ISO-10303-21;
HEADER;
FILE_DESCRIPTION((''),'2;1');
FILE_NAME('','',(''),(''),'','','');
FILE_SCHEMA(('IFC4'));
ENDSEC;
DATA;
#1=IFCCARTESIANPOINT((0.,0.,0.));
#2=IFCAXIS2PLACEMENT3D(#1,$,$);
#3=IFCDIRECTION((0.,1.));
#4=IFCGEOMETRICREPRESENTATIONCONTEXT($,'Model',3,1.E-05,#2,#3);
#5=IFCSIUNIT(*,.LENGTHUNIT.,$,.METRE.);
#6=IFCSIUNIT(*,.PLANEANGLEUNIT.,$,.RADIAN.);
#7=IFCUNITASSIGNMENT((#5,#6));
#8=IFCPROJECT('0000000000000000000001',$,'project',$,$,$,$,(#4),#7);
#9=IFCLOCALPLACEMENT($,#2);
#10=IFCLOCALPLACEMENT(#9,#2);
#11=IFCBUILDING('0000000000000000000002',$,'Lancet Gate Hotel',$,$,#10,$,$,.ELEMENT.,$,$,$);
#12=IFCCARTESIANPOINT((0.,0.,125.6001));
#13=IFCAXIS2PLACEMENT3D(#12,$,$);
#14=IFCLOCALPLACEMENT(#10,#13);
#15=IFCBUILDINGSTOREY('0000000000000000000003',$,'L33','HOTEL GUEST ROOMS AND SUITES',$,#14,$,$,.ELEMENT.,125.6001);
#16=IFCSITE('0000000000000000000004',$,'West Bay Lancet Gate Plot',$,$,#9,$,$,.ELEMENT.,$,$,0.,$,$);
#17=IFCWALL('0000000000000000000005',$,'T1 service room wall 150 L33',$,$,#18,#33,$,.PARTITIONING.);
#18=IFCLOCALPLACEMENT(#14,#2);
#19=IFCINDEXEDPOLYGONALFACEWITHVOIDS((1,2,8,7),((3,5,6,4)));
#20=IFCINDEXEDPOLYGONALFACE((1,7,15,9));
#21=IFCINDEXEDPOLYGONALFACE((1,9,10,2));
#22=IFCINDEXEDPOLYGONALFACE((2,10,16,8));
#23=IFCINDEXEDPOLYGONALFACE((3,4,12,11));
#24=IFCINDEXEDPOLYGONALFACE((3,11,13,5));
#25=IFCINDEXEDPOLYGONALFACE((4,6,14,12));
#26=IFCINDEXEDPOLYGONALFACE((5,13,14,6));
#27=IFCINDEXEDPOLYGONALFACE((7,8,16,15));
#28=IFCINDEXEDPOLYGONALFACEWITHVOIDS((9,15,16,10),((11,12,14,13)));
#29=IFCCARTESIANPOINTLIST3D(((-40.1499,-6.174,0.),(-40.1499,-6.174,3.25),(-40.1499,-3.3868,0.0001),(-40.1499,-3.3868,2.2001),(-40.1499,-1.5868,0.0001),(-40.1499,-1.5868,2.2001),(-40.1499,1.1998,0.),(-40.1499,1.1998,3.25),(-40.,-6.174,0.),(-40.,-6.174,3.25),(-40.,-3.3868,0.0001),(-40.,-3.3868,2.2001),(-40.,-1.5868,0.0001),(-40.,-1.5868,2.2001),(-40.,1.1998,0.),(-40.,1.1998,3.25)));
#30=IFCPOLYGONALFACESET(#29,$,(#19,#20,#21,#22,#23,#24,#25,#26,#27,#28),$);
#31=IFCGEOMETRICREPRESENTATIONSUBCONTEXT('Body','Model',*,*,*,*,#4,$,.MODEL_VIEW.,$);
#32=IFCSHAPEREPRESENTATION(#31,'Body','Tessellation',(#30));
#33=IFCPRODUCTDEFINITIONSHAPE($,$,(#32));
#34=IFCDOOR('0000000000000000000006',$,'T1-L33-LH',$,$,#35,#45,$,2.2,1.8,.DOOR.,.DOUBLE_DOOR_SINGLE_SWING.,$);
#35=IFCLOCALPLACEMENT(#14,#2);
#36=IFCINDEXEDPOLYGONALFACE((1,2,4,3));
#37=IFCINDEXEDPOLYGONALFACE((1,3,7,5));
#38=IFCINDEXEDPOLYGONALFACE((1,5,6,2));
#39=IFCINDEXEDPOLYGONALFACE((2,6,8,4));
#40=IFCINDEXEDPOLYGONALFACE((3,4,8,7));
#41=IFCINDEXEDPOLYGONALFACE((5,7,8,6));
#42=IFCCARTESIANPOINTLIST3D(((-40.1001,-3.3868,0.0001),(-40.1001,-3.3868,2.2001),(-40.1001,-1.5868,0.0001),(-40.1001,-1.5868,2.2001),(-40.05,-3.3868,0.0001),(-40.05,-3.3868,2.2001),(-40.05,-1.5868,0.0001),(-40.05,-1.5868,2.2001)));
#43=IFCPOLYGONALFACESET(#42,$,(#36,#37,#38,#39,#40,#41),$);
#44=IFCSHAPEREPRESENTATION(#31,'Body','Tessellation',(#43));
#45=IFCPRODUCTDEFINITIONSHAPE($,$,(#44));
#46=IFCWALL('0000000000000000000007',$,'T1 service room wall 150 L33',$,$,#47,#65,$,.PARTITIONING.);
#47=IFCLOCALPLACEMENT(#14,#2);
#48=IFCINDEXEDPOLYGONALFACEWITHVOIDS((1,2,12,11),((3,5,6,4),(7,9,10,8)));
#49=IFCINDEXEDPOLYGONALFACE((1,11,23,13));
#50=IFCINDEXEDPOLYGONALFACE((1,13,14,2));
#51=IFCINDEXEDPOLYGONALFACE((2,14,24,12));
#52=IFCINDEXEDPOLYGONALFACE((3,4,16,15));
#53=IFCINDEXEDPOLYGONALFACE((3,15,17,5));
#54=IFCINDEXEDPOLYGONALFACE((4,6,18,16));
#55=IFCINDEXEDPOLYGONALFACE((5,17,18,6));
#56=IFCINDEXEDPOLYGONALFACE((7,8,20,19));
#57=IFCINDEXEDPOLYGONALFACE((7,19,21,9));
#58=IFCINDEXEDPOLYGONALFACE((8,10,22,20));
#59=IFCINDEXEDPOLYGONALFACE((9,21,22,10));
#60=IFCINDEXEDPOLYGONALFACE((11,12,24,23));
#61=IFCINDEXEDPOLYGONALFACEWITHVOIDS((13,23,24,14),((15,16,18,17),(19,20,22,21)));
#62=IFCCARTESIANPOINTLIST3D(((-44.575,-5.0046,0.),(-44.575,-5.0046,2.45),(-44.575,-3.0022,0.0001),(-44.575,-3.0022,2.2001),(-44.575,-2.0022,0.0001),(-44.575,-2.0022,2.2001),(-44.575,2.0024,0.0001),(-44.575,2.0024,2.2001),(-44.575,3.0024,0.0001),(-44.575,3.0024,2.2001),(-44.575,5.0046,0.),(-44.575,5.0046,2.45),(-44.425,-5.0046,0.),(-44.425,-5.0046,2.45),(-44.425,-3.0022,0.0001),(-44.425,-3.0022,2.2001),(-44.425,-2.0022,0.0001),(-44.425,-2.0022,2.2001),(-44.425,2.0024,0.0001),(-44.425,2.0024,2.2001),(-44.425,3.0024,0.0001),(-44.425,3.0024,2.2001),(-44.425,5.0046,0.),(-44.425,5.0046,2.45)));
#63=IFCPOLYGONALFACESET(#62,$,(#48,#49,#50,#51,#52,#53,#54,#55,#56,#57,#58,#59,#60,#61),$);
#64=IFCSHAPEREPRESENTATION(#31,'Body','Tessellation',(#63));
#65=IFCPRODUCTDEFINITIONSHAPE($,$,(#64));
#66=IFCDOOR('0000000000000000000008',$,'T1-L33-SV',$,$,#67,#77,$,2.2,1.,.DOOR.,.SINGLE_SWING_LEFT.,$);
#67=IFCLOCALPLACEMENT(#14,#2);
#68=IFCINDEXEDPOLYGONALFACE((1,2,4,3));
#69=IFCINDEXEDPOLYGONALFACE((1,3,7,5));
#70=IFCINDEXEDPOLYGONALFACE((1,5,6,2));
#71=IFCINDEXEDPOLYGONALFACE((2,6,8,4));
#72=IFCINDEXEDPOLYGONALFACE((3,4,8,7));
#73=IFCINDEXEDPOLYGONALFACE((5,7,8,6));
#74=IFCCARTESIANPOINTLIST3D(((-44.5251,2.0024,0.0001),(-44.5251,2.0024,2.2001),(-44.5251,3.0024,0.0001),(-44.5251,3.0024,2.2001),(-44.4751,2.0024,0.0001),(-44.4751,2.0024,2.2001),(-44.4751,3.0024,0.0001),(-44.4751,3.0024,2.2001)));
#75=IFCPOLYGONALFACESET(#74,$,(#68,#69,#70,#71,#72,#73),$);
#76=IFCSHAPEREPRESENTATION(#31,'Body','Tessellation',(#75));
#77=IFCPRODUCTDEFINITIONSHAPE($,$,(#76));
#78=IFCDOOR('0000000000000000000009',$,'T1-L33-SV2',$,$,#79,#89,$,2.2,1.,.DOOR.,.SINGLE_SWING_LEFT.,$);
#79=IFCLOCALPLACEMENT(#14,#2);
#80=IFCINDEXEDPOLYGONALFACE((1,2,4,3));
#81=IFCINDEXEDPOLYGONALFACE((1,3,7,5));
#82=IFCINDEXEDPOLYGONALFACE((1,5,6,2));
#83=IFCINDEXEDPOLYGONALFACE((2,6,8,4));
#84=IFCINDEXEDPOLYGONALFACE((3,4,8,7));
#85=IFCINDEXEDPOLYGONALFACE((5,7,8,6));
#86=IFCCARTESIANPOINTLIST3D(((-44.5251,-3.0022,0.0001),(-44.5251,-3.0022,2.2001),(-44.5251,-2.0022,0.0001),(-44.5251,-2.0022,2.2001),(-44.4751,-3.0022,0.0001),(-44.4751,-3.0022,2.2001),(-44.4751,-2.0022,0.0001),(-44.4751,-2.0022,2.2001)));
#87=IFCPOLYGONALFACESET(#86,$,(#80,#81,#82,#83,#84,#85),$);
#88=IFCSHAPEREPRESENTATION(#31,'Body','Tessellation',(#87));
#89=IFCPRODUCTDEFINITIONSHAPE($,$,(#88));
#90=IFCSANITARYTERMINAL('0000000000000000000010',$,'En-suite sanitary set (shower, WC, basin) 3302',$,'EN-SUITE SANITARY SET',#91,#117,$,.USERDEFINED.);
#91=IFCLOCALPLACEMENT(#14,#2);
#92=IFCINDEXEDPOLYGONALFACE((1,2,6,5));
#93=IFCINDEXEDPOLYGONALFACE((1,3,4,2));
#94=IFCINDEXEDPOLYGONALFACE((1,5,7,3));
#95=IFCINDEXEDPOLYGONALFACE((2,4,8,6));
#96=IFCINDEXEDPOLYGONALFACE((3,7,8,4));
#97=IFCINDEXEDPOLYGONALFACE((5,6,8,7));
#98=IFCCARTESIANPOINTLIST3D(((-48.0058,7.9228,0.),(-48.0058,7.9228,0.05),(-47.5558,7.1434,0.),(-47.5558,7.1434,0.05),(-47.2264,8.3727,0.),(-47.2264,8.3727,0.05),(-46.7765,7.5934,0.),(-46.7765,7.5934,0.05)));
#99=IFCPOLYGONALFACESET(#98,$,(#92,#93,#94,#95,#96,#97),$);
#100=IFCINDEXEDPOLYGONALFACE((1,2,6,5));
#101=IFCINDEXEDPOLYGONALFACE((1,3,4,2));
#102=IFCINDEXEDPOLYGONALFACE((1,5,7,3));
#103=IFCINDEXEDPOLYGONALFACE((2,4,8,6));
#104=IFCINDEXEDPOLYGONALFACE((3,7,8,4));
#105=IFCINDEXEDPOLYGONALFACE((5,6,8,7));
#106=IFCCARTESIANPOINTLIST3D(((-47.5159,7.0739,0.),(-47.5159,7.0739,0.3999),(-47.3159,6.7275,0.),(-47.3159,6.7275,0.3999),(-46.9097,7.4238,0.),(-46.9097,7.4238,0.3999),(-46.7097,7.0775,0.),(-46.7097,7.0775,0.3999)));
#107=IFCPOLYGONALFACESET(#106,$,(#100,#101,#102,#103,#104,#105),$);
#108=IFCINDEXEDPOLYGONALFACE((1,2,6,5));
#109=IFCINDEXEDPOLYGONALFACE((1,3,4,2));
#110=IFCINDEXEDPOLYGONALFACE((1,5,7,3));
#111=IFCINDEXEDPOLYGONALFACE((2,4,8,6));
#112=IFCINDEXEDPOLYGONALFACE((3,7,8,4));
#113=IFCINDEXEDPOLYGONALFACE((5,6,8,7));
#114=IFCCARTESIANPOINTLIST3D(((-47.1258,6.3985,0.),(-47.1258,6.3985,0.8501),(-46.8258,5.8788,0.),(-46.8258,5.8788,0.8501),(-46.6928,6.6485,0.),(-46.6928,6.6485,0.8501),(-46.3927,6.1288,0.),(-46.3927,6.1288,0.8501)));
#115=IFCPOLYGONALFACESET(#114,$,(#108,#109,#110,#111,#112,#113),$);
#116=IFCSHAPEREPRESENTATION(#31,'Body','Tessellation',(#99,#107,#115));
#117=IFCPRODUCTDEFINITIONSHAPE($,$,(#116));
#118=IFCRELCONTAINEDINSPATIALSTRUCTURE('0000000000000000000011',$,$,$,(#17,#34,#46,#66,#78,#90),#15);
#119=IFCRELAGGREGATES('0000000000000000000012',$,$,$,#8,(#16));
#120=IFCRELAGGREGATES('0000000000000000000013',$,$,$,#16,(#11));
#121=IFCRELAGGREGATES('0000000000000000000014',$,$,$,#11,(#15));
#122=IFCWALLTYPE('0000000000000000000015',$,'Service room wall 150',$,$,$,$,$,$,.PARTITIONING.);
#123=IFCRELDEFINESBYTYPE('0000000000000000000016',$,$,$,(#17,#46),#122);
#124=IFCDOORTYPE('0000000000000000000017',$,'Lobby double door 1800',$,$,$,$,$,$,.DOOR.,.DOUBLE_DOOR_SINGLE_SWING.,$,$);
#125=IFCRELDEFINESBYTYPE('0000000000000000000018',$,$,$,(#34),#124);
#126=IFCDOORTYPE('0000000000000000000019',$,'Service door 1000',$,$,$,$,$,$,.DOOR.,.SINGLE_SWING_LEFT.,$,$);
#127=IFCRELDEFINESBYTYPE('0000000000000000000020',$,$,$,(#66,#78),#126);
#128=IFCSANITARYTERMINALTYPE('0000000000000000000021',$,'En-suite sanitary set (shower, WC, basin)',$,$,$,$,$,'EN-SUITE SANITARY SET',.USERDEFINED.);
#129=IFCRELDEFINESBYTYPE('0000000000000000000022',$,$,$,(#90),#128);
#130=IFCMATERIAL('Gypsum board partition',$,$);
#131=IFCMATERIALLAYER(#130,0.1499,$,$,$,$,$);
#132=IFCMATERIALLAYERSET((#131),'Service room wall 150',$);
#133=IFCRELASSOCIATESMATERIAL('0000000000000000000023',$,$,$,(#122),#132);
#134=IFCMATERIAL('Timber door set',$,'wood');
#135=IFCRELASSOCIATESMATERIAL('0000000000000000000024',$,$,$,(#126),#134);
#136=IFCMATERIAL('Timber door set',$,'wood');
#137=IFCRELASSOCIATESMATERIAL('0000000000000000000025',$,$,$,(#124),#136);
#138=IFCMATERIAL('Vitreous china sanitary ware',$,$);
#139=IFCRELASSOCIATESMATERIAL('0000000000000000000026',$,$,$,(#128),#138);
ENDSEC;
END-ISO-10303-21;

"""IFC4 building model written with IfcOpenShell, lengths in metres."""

from ifc_helpers import new_model, si_unit, direction, frame, frame_2d, origin, origin_2d, place, context, subcontext, project, spatial, rectangle, extrude, material, layer, layer_set, type_object, element, fill, save


model = new_model("IFC4")

# Units and contexts
model_context = context("Model", 3, precision=1e-05, world=origin(), true_north=direction((0.0, 1.0)))
body_context = subcontext(model_context, "Body", "Model", "MODEL_VIEW")
ifc_project = project(units=[si_unit("LENGTHUNIT", "METRE"), si_unit("PLANEANGLEUNIT", "RADIAN")], contexts=[model_context])

# Site, building, storey
site_placement = place(None, origin())
site = spatial("IfcSite", under=ifc_project, at=site_placement, Name="West Bay Lancet Gate Plot", CompositionType="ELEMENT", RefElevation=0.0)
building_placement = place(site_placement, origin())
building = spatial("IfcBuilding", under=site, at=building_placement, Name="Lancet Gate Hotel", CompositionType="ELEMENT")
storey_placement = place(building_placement, frame((0.0, 0.0, 125.6001)))
storey = spatial("IfcBuildingStorey", under=building, at=storey_placement, Name="L33", Description="HOTEL GUEST ROOMS AND SUITES", CompositionType="ELEMENT", Elevation=125.6001)

# Wall, opening, door
ifc_material_1 = material(Name="Gypsum board partition")
ifc_layer_1 = layer(ifc_material_1, 0.1499)
ifc_layer_set_1 = layer_set([ifc_layer_1], Name="Service room wall 150")
wall_type_1 = type_object("IfcWallType", Name="Service room wall 150", PredefinedType="PARTITIONING", material=ifc_layer_set_1)
ifc_material_2 = material(Name="Timber door set", Category="wood")
door_type_1 = type_object("IfcDoorType", Name="Service door 1000", OperationType="SINGLE_SWING_LEFT", PredefinedType="DOOR", material=ifc_material_2)
wall_1_placement = place(storey_placement, frame((-40.075, 1.2, 0.0), z_axis=(0.0, 0.0, 1.0), x_axis=(0.0, -1.0, 0.0)))
wall_1 = element("IfcWall", 1, at=wall_1_placement, inside=storey, type_object=wall_type_1, Name="T1 service room wall 150 L33", PredefinedType="PARTITIONING", context=body_context, shape_type="SweptSolid", body=[
    extrude(rectangle(XDim=7.3738, YDim=0.1499, at=frame_2d((3.687, 0.0))), origin(), (0.0, 0.0, 1.0), 3.25),
])
opening_1_placement = place(wall_1_placement, frame((2.7869, 0.0, 0.0)))
opening_1 = element("IfcOpeningElement", 2, at=opening_1_placement, cuts=wall_1, PredefinedType="OPENING", context=body_context, shape_type="SweptSolid", body=[
    extrude(rectangle(XDim=1.8, YDim=2.2, at=frame_2d((0.8999, 1.1001))), frame((0.0, 0.085, 0.0), z_axis=(0.0, -1.0, 0.0), x_axis=(1.0, 0.0, 0.0)), (0.0, 0.0, 1.0), 0.1699),
])
ifc_material_3 = material(Name="Timber door set", Category="wood")
door_type_2 = type_object("IfcDoorType", Name="Lobby double door 1800", OperationType="DOUBLE_DOOR_SINGLE_SWING", PredefinedType="DOOR", material=ifc_material_3)
door_1_placement = place(opening_1_placement, origin())
door_1 = element("IfcDoor", 3, at=door_1_placement, inside=storey, type_object=door_type_2, Name="T1-L33-LH", OperationType="DOUBLE_DOOR_SINGLE_SWING", OverallHeight=2.2, OverallWidth=1.8, PredefinedType="DOOR", context=body_context, shape_type="SweptSolid", body=[
    extrude(rectangle(XDim=1.8, YDim=2.2, at=frame_2d((0.8999, 1.1001))), frame((0.0, 0.0249, 0.0), z_axis=(0.0, -1.0, 0.0), x_axis=(1.0, 0.0, 0.0)), (0.0, 0.0, 1.0), 0.05),
])
fill(opening_1, door_1)

# Wall, openings, doors
wall_2_placement = place(storey_placement, frame((-44.5, 5.0046, 0.0), z_axis=(0.0, 0.0, 1.0), x_axis=(0.0, -1.0, 0.0)))
wall_2 = element("IfcWall", 4, at=wall_2_placement, inside=storey, type_object=wall_type_1, Name="T1 service room wall 150 L33", PredefinedType="PARTITIONING", context=body_context, shape_type="SweptSolid", body=[
    extrude(rectangle(XDim=10.0093, YDim=0.1499, at=frame_2d((5.0046, 0.0))), origin(), (0.0, 0.0, 1.0), 2.45),
])
opening_2_placement = place(wall_2_placement, frame((2.0022, 0.0, 0.0)))
opening_2 = element("IfcOpeningElement", 5, at=opening_2_placement, cuts=wall_2, PredefinedType="OPENING", context=body_context, shape_type="SweptSolid", body=[
    extrude(rectangle(XDim=1.0, YDim=2.2, at=frame_2d((0.5, 1.1001))), frame((0.0, 0.085, 0.0), z_axis=(0.0, -1.0, 0.0), x_axis=(1.0, 0.0, 0.0)), (0.0, 0.0, 1.0), 0.1699),
])
opening_3_placement = place(wall_2_placement, frame((7.0068, 0.0, 0.0)))
opening_3 = element("IfcOpeningElement", 6, at=opening_3_placement, cuts=wall_2, PredefinedType="OPENING", context=body_context, shape_type="SweptSolid", body=[
    extrude(rectangle(XDim=1.0, YDim=2.2, at=frame_2d((0.5, 1.1001))), frame((0.0, 0.085, 0.0), z_axis=(0.0, -1.0, 0.0), x_axis=(1.0, 0.0, 0.0)), (0.0, 0.0, 1.0), 0.1699),
])
door_2_placement = place(opening_2_placement, origin())
door_2 = element("IfcDoor", 7, at=door_2_placement, inside=storey, type_object=door_type_1, Name="T1-L33-SV", OperationType="SINGLE_SWING_LEFT", OverallHeight=2.2, OverallWidth=1.0, PredefinedType="DOOR", context=body_context, shape_type="SweptSolid", body=[
    extrude(rectangle(XDim=1.0, YDim=2.2, at=frame_2d((0.5, 1.1001))), frame((0.0, 0.0249, 0.0), z_axis=(0.0, -1.0, 0.0), x_axis=(1.0, 0.0, 0.0)), (0.0, 0.0, 1.0), 0.05),
])
fill(opening_2, door_2)
door_3_placement = place(opening_3_placement, origin())
door_3 = element("IfcDoor", 8, at=door_3_placement, inside=storey, type_object=door_type_1, Name="T1-L33-SV2", OperationType="SINGLE_SWING_LEFT", OverallHeight=2.2, OverallWidth=1.0, PredefinedType="DOOR", context=body_context, shape_type="SweptSolid", body=[
    extrude(rectangle(XDim=1.0, YDim=2.2, at=frame_2d((0.5, 1.1001))), frame((0.0, 0.0249, 0.0), z_axis=(0.0, -1.0, 0.0), x_axis=(1.0, 0.0, 0.0)), (0.0, 0.0, 1.0), 0.05),
])
fill(opening_3, door_3)

# Sanitary terminal
ifc_material_4 = material(Name="Vitreous china sanitary ware")
sanitary_terminal_type = type_object("IfcSanitaryTerminalType", Name="En-suite sanitary set (shower, WC, basin)", ElementType="EN-SUITE SANITARY SET", PredefinedType="USERDEFINED", material=ifc_material_4)
sanitary_terminal_placement = place(storey_placement, frame((-47.3911, 7.7581, 0.0), z_axis=(0.0, 0.0, 1.0), x_axis=(1.0, 0.0, 0.0)))
element("IfcSanitaryTerminal", 9, at=sanitary_terminal_placement, inside=storey, type_object=sanitary_terminal_type, Name="En-suite sanitary set (shower, WC, basin) 3302", ObjectType="EN-SUITE SANITARY SET", PredefinedType="USERDEFINED", context=body_context, shape_type="SweptSolid", body=[
    extrude(rectangle(XDim=0.8999, YDim=0.8999, at=origin_2d()), frame((0.0, 0.0, 0.0), z_axis=(0.0, 0.0, 1.0), x_axis=(-0.5, 0.866025, 0.0)), (0.0, 0.0, 1.0), 0.05),
    extrude(rectangle(XDim=0.3999, YDim=0.7, at=origin_2d()), frame((0.2783, -0.6824, 0.0), z_axis=(0.0, 0.0, 1.0), x_axis=(-0.5, 0.866025, 0.0)), (0.0, 0.0, 1.0), 0.3999),
    extrude(rectangle(XDim=0.6001, YDim=0.5, at=origin_2d()), frame((0.6318, -1.4944, 0.0), z_axis=(0.0, 0.0, 1.0), x_axis=(-0.5, 0.866025, 0.0)), (0.0, 0.0, 1.0), 0.8501),
])

save(model, "model.ifc")
